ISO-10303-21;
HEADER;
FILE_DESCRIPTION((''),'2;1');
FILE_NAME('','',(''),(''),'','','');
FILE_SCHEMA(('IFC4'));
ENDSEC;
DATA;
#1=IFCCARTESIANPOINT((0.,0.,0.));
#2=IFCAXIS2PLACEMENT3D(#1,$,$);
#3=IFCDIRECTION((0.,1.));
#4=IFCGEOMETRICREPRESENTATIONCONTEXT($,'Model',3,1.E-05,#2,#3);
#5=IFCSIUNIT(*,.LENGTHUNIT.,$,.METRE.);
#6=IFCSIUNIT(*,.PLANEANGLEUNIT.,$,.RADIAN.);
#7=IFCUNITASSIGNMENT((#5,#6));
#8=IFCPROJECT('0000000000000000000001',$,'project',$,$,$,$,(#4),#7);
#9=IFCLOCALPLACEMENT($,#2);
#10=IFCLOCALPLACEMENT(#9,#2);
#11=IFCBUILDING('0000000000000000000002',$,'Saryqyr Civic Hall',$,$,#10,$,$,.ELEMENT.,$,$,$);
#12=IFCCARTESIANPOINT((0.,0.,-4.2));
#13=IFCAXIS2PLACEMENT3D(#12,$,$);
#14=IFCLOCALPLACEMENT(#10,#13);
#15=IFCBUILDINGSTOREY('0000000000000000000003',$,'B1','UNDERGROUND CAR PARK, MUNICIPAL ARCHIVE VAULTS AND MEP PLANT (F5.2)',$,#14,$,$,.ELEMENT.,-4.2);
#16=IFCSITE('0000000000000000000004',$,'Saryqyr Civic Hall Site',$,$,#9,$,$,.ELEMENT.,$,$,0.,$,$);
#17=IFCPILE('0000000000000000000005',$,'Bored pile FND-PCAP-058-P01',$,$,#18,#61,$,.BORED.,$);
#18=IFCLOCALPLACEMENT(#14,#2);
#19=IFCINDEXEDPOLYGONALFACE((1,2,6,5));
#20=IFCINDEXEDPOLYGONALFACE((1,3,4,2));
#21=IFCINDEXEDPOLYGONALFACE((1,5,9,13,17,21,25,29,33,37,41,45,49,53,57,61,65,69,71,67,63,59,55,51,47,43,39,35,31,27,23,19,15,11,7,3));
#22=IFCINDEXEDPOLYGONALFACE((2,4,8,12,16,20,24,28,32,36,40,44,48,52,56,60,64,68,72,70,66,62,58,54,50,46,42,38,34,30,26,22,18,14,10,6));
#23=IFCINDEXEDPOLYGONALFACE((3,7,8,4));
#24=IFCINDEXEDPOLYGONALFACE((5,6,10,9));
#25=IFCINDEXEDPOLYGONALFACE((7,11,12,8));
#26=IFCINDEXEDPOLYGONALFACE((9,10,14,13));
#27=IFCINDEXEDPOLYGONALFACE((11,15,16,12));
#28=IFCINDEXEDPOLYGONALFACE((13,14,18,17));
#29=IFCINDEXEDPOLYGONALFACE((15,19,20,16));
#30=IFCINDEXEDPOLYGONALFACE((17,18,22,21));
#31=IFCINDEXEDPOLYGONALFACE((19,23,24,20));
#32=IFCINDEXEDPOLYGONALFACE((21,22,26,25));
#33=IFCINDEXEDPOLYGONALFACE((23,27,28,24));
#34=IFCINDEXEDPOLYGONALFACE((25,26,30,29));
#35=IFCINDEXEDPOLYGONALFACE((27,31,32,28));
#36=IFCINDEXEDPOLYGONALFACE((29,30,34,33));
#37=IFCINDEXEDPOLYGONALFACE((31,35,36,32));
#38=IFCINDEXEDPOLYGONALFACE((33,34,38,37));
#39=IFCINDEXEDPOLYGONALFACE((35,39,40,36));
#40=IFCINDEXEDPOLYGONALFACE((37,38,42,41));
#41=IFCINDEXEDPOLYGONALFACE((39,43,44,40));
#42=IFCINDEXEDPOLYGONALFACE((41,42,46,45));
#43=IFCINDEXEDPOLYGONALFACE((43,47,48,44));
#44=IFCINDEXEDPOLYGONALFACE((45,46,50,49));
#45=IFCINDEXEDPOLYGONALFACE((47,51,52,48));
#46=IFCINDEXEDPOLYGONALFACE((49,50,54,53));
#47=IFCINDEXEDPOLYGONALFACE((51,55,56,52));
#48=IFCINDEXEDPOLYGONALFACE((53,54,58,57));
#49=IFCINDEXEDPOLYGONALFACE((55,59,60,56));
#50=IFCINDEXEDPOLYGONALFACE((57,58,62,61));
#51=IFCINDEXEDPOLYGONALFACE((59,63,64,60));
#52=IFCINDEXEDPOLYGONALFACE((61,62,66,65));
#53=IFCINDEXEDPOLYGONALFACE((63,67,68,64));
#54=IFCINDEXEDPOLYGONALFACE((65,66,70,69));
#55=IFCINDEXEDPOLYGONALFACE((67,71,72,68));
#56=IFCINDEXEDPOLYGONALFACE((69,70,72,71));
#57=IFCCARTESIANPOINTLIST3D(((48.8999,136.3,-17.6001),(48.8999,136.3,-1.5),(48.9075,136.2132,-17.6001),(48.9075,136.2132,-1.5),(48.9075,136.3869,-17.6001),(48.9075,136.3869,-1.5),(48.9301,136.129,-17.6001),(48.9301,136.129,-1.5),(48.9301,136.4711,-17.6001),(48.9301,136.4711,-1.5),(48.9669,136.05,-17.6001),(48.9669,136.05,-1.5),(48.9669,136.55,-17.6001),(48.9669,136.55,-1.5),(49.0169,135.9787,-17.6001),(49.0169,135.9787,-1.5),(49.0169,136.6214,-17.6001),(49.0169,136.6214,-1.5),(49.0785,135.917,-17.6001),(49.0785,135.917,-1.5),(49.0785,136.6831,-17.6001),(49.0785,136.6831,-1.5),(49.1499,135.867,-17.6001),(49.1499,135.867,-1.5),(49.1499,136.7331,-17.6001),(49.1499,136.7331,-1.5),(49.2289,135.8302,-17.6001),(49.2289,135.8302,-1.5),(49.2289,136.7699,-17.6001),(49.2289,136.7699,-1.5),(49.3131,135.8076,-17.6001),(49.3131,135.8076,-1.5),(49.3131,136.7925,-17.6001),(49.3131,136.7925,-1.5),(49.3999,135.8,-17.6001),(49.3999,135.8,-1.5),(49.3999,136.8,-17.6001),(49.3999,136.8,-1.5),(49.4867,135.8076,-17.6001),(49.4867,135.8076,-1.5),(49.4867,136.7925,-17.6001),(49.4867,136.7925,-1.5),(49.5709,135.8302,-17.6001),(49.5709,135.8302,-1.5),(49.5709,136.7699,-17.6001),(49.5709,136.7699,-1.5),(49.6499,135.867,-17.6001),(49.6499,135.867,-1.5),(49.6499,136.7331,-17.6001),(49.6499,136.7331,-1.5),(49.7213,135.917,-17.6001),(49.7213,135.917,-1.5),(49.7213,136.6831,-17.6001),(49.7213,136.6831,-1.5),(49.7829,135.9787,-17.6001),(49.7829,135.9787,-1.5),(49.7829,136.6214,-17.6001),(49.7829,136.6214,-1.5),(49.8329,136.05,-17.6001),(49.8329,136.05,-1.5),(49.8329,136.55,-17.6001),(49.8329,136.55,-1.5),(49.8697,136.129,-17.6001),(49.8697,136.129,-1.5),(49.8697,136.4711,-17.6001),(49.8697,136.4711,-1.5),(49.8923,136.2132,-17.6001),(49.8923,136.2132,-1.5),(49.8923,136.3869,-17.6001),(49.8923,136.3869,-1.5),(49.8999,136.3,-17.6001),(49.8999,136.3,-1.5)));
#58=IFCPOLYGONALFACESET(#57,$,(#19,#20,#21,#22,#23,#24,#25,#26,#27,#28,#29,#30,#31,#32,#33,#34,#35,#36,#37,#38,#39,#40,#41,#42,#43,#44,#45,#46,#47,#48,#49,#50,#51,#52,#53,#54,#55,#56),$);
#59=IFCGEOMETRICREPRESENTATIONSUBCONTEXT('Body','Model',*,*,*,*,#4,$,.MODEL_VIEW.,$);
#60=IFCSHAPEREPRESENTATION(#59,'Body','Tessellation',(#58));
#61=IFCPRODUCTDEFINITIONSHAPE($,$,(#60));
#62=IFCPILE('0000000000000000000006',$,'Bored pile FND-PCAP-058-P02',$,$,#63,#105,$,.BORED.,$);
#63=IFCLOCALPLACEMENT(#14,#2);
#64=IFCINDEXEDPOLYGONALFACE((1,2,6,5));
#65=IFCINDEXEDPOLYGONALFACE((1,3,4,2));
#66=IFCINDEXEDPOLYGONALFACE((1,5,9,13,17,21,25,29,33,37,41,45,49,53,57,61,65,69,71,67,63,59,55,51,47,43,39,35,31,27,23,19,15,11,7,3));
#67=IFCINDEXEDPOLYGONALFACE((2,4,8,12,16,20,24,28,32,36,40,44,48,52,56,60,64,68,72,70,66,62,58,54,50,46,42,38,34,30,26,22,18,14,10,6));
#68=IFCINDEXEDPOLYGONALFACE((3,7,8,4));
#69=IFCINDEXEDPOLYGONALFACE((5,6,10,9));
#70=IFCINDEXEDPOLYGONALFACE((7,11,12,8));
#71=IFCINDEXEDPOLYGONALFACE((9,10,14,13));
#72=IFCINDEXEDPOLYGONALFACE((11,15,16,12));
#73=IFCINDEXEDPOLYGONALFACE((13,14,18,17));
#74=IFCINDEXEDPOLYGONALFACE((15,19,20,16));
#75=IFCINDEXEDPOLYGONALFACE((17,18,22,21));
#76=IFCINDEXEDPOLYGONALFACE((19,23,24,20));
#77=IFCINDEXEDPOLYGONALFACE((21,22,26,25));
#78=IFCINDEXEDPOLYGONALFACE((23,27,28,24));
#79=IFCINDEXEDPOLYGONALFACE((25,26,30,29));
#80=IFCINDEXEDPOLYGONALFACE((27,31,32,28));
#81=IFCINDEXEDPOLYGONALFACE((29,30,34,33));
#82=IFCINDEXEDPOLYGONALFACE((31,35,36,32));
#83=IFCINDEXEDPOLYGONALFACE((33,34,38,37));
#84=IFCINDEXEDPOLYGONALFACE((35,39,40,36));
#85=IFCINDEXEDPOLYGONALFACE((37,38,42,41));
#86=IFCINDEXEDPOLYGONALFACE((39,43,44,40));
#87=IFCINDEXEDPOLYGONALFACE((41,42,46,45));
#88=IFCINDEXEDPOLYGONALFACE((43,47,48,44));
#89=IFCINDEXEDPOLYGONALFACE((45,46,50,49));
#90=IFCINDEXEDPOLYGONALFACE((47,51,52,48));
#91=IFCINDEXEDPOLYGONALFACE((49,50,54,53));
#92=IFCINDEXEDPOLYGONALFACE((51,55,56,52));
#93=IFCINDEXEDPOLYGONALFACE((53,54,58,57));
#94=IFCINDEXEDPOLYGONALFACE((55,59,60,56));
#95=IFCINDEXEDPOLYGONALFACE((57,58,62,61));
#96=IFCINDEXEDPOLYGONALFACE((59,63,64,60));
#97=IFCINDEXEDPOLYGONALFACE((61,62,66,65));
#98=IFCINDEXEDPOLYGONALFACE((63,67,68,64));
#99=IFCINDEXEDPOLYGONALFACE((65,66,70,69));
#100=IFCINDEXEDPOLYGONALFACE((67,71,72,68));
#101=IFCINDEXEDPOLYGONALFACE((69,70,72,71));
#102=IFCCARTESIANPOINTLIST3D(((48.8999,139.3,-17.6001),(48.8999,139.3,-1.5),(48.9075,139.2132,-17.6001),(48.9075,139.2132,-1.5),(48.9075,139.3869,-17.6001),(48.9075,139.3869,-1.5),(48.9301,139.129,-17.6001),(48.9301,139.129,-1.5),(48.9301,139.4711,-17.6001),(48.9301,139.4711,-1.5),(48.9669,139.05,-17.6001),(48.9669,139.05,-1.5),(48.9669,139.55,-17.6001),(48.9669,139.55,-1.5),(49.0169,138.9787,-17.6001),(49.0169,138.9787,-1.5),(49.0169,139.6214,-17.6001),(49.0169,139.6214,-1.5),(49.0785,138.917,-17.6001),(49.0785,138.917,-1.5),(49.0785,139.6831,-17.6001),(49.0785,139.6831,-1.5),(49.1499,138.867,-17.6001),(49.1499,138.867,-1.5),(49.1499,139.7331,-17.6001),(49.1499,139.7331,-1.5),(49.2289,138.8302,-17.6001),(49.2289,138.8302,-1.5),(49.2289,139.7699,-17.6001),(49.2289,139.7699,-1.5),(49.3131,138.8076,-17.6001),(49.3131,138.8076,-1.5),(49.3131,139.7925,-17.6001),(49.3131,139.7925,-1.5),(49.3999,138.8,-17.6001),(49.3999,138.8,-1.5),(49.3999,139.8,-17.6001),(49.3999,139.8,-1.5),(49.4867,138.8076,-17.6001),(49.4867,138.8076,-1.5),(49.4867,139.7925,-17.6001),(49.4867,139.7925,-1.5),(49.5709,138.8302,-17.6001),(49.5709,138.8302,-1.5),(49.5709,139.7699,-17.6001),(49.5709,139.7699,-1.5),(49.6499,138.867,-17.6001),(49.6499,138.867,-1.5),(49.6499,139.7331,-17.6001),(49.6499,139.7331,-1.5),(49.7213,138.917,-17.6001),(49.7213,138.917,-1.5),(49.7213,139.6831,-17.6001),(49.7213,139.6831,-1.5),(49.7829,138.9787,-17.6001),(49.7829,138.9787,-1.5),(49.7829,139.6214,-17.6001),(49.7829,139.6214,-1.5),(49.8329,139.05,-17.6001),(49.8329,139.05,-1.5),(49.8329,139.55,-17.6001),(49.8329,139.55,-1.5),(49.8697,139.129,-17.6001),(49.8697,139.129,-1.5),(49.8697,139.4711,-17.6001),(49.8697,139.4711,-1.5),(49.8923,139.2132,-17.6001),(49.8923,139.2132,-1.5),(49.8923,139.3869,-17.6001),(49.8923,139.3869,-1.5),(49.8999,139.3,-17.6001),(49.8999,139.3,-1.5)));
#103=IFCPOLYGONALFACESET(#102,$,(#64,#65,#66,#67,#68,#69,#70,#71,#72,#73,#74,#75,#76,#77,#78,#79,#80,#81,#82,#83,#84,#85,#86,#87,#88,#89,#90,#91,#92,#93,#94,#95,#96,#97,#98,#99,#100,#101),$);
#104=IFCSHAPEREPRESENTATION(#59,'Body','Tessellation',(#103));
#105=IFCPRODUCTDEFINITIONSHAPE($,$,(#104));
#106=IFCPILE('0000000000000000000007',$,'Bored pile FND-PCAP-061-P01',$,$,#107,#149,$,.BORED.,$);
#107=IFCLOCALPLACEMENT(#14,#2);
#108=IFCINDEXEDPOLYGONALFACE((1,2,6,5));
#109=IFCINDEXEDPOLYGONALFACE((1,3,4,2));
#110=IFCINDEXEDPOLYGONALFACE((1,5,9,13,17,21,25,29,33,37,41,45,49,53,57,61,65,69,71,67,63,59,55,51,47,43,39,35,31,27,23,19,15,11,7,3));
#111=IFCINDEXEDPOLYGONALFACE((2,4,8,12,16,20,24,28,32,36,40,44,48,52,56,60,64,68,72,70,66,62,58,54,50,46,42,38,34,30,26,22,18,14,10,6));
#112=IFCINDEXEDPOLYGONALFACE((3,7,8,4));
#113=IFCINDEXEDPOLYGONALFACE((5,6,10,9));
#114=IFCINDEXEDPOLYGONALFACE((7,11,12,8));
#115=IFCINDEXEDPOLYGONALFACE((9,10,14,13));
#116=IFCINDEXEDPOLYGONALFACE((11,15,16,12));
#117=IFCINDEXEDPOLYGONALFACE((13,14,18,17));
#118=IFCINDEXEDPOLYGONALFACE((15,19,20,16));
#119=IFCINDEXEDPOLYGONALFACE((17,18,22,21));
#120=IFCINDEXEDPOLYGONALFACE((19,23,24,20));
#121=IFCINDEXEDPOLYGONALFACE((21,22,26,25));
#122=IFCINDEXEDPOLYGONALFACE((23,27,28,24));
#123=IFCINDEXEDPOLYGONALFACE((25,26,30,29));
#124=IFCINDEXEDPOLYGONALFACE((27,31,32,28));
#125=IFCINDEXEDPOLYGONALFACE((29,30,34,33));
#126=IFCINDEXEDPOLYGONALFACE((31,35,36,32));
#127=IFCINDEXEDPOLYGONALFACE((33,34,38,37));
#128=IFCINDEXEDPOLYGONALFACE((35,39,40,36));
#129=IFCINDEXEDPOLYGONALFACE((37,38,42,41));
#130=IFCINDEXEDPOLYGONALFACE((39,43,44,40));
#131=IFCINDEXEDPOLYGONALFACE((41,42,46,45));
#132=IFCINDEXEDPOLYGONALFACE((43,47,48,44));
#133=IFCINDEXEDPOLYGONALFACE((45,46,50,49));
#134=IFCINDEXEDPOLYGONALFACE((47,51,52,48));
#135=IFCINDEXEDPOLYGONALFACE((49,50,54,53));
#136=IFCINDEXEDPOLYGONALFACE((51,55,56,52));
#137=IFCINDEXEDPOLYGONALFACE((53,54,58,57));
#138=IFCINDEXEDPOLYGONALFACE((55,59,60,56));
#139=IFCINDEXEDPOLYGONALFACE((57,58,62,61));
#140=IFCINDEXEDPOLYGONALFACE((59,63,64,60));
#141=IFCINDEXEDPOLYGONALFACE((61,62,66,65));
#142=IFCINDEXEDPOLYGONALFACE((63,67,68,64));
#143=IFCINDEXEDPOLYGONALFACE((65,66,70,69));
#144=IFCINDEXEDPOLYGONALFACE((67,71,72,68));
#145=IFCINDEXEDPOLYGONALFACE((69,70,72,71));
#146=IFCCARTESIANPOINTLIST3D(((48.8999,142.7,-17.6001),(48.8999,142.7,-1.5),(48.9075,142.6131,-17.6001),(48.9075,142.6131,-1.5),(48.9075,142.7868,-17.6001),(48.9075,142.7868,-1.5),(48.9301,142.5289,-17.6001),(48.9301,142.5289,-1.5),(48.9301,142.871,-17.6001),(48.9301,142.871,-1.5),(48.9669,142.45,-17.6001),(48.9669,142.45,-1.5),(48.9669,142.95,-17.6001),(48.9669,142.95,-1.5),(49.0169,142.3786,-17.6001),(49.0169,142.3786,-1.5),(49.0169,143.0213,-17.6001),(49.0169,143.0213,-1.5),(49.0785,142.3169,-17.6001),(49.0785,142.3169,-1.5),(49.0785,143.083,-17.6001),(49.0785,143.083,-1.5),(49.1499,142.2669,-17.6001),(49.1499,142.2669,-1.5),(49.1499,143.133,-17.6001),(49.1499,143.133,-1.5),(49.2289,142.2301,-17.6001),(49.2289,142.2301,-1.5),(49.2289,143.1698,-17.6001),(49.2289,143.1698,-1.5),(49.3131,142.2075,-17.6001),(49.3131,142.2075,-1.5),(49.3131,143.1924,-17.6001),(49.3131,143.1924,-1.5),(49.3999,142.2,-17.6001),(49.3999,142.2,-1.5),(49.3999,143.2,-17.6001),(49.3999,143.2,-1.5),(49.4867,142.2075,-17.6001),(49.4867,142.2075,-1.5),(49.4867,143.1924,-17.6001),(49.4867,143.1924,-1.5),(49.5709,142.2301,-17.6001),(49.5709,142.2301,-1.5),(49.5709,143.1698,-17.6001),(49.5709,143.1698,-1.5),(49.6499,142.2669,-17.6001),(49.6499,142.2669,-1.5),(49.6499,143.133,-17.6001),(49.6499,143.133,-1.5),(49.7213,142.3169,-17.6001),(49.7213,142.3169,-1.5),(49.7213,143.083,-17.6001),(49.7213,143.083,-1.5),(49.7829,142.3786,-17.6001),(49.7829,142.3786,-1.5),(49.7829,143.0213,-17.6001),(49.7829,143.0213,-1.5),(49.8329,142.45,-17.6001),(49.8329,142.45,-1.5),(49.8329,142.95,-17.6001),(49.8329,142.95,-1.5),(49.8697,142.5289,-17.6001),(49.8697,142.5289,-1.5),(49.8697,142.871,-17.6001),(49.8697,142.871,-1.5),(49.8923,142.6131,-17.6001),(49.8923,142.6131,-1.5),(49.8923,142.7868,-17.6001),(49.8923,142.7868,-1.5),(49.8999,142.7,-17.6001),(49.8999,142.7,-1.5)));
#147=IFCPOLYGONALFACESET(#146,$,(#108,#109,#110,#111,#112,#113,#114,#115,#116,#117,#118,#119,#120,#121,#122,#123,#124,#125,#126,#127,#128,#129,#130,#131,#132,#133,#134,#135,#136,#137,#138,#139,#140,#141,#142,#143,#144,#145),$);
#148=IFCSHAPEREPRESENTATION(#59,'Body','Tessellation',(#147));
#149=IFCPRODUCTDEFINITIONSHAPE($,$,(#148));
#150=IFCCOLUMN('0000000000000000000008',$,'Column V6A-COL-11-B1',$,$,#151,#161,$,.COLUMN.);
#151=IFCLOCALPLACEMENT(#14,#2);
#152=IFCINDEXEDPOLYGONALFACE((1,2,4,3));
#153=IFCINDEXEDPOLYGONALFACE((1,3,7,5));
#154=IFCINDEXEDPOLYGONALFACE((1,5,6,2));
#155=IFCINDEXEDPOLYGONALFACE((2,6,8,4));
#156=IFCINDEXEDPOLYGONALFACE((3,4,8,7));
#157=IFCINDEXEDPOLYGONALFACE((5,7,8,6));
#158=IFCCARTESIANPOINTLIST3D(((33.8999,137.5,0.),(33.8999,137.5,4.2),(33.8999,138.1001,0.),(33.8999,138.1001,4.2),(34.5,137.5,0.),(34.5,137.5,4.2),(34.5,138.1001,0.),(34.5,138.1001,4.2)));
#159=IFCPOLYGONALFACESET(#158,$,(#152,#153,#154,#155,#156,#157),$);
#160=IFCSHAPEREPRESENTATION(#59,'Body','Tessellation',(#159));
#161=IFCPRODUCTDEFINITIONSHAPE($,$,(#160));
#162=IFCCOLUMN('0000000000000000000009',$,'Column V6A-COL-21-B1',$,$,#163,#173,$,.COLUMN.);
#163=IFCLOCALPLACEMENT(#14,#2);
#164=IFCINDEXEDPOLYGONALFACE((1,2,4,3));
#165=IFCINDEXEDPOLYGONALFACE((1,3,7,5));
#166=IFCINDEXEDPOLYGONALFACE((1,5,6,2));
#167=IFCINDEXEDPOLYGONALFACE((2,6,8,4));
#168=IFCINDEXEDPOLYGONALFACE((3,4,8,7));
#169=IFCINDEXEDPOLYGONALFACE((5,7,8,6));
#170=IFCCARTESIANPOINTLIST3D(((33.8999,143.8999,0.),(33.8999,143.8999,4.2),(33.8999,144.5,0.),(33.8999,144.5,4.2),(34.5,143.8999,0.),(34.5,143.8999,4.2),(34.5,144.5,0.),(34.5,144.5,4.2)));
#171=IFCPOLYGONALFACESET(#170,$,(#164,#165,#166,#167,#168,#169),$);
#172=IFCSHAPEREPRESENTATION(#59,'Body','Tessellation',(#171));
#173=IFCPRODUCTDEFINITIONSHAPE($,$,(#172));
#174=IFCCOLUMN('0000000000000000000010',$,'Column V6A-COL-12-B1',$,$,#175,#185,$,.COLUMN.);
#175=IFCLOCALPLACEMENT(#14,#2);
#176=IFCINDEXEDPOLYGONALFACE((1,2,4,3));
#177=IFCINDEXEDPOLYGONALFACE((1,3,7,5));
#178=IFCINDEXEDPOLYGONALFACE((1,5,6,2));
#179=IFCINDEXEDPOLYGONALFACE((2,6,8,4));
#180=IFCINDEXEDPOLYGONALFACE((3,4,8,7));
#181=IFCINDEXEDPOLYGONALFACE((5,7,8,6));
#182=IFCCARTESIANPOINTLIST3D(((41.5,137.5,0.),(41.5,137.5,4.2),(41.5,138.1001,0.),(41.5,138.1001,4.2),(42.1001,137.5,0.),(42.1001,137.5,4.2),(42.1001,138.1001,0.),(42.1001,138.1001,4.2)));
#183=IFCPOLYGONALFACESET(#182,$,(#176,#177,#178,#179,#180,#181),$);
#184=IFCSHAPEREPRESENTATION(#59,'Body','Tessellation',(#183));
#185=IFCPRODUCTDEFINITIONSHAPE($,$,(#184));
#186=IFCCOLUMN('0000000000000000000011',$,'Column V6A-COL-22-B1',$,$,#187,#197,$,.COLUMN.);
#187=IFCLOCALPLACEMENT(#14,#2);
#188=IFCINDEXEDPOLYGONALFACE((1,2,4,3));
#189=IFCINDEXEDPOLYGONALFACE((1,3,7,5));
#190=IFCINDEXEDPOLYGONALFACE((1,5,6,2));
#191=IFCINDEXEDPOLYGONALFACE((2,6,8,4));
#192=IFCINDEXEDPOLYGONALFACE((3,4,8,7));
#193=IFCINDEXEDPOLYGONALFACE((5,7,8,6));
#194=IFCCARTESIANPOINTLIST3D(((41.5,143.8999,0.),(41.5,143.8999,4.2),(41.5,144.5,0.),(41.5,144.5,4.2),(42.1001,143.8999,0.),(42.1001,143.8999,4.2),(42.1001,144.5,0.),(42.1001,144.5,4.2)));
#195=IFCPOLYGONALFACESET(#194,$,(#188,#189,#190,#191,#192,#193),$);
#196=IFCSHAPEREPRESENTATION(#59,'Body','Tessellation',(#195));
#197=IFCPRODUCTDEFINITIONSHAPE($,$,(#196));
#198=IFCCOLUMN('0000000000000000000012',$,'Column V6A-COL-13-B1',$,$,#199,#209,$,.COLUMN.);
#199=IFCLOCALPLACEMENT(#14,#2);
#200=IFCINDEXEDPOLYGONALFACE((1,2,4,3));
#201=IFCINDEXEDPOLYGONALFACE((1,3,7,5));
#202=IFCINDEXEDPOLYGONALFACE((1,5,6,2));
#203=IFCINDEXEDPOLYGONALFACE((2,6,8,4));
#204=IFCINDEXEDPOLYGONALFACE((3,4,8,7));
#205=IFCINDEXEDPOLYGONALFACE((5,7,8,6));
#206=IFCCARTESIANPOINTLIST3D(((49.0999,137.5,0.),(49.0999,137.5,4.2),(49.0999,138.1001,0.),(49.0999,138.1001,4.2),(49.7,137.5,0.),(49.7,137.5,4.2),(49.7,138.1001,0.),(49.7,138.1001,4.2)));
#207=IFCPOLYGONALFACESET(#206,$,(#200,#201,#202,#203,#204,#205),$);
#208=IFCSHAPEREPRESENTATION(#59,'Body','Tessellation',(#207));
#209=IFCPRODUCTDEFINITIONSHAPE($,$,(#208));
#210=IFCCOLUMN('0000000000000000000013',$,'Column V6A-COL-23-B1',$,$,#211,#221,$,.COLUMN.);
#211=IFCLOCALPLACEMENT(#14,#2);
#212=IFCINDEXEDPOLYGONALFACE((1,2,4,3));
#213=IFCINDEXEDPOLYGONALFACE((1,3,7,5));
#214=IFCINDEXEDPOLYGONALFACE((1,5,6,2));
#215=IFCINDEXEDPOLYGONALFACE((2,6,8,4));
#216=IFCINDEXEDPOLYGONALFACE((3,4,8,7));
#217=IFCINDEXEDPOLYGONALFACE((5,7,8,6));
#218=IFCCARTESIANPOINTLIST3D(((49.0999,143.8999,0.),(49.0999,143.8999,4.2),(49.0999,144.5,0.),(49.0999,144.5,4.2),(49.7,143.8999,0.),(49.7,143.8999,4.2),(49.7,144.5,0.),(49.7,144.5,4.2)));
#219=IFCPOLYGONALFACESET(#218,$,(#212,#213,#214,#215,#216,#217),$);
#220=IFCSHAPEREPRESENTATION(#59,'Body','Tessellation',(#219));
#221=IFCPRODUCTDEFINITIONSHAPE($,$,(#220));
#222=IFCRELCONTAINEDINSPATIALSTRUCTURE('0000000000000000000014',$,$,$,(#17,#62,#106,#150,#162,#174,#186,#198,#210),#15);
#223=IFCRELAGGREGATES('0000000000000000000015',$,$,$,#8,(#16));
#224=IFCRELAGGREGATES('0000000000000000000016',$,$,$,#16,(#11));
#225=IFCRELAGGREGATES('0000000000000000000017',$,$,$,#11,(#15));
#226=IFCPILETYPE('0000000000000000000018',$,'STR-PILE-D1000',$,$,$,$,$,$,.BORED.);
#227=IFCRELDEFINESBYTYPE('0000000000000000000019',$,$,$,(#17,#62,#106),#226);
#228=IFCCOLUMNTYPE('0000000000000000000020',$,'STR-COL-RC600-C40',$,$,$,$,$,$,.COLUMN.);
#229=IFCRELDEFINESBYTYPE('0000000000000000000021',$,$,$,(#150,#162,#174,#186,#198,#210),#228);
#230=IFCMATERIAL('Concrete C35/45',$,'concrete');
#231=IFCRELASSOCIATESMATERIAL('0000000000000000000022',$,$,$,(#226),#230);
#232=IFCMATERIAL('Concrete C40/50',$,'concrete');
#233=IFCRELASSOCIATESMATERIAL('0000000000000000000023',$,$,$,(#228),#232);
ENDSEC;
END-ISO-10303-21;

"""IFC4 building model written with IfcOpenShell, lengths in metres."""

from ifc_helpers import new_model, si_unit, direction, frame, origin, origin_2d, place, context, subcontext, project, spatial, rectangle, circle, extrude, material, material_profile, profile_set, type_object, element, save


model = new_model("IFC4")

# Units and contexts
model_context = context("Model", 3, precision=1e-05, world=origin(), true_north=direction((0.0, 1.0)))
body_context = subcontext(model_context, "Body", "Model", "MODEL_VIEW")
ifc_project = project(units=[si_unit("LENGTHUNIT", "METRE"), si_unit("PLANEANGLEUNIT", "RADIAN")], contexts=[model_context])

# Site, building, storey
site_placement = place(None, origin())
site = spatial("IfcSite", under=ifc_project, at=site_placement, Name="Saryqyr Civic Hall Site", CompositionType="ELEMENT", RefElevation=0.0)
building_placement = place(site_placement, origin())
building = spatial("IfcBuilding", under=site, at=building_placement, Name="Saryqyr Civic Hall", CompositionType="ELEMENT")
storey_placement = place(building_placement, frame((0.0, 0.0, -4.2)))
storey = spatial("IfcBuildingStorey", under=building, at=storey_placement, Name="B1", Description="UNDERGROUND CAR PARK, MUNICIPAL ARCHIVE VAULTS AND MEP PLANT (F5.2)", CompositionType="ELEMENT", Elevation=-4.2)

# Shared definitions
ifc_material_1 = material(Name="Concrete C35/45", Category="concrete")

# Piles
ifc_material_profile_1 = material_profile(ifc_material_1, circle(Radius=0.5, at=origin_2d()), Name="BORED PILE D1000")
ifc_profile_set_1 = profile_set([ifc_material_profile_1], Name="Concrete C35/45")
pile_type = type_object("IfcPileType", Name="STR-PILE-D1000", PredefinedType="BORED", material=ifc_profile_set_1)
for number, where, z_axis, x_axis, name in (
    (1, (49.3999, 136.3, -1.5), (0.0, 0.0, -1.0), (1.0, 0.0, 0.0), "Bored pile FND-PCAP-058-P01"),
    (2, (49.3999, 139.3, -1.5), (0.0, 0.0, -1.0), (1.0, 0.0, 0.0), "Bored pile FND-PCAP-058-P02"),
    (3, (49.3999, 142.7, -1.5), (0.0, 0.0, -1.0), (1.0, 0.0, 0.0), "Bored pile FND-PCAP-061-P01"),
):
    element("IfcPile", number, at=place(storey_placement, frame(where, z_axis=z_axis, x_axis=x_axis)), inside=storey, type_object=pile_type, Name=name, PredefinedType="BORED", context=body_context, shape_type="SweptSolid", body=[
        extrude(circle(Radius=0.5, at=origin_2d()), origin(), (0.0, 0.0, 1.0), 16.1001),
    ])

# Columns
ifc_material_2 = material(Name="Concrete C40/50", Category="concrete")
ifc_material_profile_2 = material_profile(ifc_material_2, rectangle(XDim=0.6001, YDim=0.6001, at=origin_2d()), Name="RC 600x600")
ifc_profile_set_2 = profile_set([ifc_material_profile_2], Name="Concrete C40/50")
column_type_1 = type_object("IfcColumnType", Name="STR-COL-RC600-C40", PredefinedType="COLUMN", material=ifc_profile_set_2)
for number, where, z_axis, x_axis, name in (
    (4, (34.2, 137.8, 0.0), (0.0, 0.0, 1.0), (1.0, 0.0, 0.0), "Column V6A-COL-11-B1"),
    (5, (34.2, 144.2, 0.0), (0.0, 0.0, 1.0), (1.0, 0.0, 0.0), "Column V6A-COL-21-B1"),
    (6, (41.8, 137.8, 0.0), (0.0, 0.0, 1.0), (1.0, 0.0, 0.0), "Column V6A-COL-12-B1"),
    (7, (41.8, 144.2, 0.0), (0.0, 0.0, 1.0), (1.0, 0.0, 0.0), "Column V6A-COL-22-B1"),
    (8, (49.3999, 137.8, 0.0), (0.0, 0.0, 1.0), (1.0, 0.0, 0.0), "Column V6A-COL-13-B1"),
    (9, (49.3999, 144.2, 0.0), (0.0, 0.0, 1.0), (1.0, 0.0, 0.0), "Column V6A-COL-23-B1"),
):
    element("IfcColumn", number, at=place(storey_placement, frame(where, z_axis=z_axis, x_axis=x_axis)), inside=storey, type_object=column_type_1, Name=name, PredefinedType="COLUMN", context=body_context, shape_type="SweptSolid", body=[
        extrude(rectangle(XDim=0.6001, YDim=0.6001, at=origin_2d()), origin(), (0.0, 0.0, 1.0), 4.2),
    ])

save(model, "model.ifc")
